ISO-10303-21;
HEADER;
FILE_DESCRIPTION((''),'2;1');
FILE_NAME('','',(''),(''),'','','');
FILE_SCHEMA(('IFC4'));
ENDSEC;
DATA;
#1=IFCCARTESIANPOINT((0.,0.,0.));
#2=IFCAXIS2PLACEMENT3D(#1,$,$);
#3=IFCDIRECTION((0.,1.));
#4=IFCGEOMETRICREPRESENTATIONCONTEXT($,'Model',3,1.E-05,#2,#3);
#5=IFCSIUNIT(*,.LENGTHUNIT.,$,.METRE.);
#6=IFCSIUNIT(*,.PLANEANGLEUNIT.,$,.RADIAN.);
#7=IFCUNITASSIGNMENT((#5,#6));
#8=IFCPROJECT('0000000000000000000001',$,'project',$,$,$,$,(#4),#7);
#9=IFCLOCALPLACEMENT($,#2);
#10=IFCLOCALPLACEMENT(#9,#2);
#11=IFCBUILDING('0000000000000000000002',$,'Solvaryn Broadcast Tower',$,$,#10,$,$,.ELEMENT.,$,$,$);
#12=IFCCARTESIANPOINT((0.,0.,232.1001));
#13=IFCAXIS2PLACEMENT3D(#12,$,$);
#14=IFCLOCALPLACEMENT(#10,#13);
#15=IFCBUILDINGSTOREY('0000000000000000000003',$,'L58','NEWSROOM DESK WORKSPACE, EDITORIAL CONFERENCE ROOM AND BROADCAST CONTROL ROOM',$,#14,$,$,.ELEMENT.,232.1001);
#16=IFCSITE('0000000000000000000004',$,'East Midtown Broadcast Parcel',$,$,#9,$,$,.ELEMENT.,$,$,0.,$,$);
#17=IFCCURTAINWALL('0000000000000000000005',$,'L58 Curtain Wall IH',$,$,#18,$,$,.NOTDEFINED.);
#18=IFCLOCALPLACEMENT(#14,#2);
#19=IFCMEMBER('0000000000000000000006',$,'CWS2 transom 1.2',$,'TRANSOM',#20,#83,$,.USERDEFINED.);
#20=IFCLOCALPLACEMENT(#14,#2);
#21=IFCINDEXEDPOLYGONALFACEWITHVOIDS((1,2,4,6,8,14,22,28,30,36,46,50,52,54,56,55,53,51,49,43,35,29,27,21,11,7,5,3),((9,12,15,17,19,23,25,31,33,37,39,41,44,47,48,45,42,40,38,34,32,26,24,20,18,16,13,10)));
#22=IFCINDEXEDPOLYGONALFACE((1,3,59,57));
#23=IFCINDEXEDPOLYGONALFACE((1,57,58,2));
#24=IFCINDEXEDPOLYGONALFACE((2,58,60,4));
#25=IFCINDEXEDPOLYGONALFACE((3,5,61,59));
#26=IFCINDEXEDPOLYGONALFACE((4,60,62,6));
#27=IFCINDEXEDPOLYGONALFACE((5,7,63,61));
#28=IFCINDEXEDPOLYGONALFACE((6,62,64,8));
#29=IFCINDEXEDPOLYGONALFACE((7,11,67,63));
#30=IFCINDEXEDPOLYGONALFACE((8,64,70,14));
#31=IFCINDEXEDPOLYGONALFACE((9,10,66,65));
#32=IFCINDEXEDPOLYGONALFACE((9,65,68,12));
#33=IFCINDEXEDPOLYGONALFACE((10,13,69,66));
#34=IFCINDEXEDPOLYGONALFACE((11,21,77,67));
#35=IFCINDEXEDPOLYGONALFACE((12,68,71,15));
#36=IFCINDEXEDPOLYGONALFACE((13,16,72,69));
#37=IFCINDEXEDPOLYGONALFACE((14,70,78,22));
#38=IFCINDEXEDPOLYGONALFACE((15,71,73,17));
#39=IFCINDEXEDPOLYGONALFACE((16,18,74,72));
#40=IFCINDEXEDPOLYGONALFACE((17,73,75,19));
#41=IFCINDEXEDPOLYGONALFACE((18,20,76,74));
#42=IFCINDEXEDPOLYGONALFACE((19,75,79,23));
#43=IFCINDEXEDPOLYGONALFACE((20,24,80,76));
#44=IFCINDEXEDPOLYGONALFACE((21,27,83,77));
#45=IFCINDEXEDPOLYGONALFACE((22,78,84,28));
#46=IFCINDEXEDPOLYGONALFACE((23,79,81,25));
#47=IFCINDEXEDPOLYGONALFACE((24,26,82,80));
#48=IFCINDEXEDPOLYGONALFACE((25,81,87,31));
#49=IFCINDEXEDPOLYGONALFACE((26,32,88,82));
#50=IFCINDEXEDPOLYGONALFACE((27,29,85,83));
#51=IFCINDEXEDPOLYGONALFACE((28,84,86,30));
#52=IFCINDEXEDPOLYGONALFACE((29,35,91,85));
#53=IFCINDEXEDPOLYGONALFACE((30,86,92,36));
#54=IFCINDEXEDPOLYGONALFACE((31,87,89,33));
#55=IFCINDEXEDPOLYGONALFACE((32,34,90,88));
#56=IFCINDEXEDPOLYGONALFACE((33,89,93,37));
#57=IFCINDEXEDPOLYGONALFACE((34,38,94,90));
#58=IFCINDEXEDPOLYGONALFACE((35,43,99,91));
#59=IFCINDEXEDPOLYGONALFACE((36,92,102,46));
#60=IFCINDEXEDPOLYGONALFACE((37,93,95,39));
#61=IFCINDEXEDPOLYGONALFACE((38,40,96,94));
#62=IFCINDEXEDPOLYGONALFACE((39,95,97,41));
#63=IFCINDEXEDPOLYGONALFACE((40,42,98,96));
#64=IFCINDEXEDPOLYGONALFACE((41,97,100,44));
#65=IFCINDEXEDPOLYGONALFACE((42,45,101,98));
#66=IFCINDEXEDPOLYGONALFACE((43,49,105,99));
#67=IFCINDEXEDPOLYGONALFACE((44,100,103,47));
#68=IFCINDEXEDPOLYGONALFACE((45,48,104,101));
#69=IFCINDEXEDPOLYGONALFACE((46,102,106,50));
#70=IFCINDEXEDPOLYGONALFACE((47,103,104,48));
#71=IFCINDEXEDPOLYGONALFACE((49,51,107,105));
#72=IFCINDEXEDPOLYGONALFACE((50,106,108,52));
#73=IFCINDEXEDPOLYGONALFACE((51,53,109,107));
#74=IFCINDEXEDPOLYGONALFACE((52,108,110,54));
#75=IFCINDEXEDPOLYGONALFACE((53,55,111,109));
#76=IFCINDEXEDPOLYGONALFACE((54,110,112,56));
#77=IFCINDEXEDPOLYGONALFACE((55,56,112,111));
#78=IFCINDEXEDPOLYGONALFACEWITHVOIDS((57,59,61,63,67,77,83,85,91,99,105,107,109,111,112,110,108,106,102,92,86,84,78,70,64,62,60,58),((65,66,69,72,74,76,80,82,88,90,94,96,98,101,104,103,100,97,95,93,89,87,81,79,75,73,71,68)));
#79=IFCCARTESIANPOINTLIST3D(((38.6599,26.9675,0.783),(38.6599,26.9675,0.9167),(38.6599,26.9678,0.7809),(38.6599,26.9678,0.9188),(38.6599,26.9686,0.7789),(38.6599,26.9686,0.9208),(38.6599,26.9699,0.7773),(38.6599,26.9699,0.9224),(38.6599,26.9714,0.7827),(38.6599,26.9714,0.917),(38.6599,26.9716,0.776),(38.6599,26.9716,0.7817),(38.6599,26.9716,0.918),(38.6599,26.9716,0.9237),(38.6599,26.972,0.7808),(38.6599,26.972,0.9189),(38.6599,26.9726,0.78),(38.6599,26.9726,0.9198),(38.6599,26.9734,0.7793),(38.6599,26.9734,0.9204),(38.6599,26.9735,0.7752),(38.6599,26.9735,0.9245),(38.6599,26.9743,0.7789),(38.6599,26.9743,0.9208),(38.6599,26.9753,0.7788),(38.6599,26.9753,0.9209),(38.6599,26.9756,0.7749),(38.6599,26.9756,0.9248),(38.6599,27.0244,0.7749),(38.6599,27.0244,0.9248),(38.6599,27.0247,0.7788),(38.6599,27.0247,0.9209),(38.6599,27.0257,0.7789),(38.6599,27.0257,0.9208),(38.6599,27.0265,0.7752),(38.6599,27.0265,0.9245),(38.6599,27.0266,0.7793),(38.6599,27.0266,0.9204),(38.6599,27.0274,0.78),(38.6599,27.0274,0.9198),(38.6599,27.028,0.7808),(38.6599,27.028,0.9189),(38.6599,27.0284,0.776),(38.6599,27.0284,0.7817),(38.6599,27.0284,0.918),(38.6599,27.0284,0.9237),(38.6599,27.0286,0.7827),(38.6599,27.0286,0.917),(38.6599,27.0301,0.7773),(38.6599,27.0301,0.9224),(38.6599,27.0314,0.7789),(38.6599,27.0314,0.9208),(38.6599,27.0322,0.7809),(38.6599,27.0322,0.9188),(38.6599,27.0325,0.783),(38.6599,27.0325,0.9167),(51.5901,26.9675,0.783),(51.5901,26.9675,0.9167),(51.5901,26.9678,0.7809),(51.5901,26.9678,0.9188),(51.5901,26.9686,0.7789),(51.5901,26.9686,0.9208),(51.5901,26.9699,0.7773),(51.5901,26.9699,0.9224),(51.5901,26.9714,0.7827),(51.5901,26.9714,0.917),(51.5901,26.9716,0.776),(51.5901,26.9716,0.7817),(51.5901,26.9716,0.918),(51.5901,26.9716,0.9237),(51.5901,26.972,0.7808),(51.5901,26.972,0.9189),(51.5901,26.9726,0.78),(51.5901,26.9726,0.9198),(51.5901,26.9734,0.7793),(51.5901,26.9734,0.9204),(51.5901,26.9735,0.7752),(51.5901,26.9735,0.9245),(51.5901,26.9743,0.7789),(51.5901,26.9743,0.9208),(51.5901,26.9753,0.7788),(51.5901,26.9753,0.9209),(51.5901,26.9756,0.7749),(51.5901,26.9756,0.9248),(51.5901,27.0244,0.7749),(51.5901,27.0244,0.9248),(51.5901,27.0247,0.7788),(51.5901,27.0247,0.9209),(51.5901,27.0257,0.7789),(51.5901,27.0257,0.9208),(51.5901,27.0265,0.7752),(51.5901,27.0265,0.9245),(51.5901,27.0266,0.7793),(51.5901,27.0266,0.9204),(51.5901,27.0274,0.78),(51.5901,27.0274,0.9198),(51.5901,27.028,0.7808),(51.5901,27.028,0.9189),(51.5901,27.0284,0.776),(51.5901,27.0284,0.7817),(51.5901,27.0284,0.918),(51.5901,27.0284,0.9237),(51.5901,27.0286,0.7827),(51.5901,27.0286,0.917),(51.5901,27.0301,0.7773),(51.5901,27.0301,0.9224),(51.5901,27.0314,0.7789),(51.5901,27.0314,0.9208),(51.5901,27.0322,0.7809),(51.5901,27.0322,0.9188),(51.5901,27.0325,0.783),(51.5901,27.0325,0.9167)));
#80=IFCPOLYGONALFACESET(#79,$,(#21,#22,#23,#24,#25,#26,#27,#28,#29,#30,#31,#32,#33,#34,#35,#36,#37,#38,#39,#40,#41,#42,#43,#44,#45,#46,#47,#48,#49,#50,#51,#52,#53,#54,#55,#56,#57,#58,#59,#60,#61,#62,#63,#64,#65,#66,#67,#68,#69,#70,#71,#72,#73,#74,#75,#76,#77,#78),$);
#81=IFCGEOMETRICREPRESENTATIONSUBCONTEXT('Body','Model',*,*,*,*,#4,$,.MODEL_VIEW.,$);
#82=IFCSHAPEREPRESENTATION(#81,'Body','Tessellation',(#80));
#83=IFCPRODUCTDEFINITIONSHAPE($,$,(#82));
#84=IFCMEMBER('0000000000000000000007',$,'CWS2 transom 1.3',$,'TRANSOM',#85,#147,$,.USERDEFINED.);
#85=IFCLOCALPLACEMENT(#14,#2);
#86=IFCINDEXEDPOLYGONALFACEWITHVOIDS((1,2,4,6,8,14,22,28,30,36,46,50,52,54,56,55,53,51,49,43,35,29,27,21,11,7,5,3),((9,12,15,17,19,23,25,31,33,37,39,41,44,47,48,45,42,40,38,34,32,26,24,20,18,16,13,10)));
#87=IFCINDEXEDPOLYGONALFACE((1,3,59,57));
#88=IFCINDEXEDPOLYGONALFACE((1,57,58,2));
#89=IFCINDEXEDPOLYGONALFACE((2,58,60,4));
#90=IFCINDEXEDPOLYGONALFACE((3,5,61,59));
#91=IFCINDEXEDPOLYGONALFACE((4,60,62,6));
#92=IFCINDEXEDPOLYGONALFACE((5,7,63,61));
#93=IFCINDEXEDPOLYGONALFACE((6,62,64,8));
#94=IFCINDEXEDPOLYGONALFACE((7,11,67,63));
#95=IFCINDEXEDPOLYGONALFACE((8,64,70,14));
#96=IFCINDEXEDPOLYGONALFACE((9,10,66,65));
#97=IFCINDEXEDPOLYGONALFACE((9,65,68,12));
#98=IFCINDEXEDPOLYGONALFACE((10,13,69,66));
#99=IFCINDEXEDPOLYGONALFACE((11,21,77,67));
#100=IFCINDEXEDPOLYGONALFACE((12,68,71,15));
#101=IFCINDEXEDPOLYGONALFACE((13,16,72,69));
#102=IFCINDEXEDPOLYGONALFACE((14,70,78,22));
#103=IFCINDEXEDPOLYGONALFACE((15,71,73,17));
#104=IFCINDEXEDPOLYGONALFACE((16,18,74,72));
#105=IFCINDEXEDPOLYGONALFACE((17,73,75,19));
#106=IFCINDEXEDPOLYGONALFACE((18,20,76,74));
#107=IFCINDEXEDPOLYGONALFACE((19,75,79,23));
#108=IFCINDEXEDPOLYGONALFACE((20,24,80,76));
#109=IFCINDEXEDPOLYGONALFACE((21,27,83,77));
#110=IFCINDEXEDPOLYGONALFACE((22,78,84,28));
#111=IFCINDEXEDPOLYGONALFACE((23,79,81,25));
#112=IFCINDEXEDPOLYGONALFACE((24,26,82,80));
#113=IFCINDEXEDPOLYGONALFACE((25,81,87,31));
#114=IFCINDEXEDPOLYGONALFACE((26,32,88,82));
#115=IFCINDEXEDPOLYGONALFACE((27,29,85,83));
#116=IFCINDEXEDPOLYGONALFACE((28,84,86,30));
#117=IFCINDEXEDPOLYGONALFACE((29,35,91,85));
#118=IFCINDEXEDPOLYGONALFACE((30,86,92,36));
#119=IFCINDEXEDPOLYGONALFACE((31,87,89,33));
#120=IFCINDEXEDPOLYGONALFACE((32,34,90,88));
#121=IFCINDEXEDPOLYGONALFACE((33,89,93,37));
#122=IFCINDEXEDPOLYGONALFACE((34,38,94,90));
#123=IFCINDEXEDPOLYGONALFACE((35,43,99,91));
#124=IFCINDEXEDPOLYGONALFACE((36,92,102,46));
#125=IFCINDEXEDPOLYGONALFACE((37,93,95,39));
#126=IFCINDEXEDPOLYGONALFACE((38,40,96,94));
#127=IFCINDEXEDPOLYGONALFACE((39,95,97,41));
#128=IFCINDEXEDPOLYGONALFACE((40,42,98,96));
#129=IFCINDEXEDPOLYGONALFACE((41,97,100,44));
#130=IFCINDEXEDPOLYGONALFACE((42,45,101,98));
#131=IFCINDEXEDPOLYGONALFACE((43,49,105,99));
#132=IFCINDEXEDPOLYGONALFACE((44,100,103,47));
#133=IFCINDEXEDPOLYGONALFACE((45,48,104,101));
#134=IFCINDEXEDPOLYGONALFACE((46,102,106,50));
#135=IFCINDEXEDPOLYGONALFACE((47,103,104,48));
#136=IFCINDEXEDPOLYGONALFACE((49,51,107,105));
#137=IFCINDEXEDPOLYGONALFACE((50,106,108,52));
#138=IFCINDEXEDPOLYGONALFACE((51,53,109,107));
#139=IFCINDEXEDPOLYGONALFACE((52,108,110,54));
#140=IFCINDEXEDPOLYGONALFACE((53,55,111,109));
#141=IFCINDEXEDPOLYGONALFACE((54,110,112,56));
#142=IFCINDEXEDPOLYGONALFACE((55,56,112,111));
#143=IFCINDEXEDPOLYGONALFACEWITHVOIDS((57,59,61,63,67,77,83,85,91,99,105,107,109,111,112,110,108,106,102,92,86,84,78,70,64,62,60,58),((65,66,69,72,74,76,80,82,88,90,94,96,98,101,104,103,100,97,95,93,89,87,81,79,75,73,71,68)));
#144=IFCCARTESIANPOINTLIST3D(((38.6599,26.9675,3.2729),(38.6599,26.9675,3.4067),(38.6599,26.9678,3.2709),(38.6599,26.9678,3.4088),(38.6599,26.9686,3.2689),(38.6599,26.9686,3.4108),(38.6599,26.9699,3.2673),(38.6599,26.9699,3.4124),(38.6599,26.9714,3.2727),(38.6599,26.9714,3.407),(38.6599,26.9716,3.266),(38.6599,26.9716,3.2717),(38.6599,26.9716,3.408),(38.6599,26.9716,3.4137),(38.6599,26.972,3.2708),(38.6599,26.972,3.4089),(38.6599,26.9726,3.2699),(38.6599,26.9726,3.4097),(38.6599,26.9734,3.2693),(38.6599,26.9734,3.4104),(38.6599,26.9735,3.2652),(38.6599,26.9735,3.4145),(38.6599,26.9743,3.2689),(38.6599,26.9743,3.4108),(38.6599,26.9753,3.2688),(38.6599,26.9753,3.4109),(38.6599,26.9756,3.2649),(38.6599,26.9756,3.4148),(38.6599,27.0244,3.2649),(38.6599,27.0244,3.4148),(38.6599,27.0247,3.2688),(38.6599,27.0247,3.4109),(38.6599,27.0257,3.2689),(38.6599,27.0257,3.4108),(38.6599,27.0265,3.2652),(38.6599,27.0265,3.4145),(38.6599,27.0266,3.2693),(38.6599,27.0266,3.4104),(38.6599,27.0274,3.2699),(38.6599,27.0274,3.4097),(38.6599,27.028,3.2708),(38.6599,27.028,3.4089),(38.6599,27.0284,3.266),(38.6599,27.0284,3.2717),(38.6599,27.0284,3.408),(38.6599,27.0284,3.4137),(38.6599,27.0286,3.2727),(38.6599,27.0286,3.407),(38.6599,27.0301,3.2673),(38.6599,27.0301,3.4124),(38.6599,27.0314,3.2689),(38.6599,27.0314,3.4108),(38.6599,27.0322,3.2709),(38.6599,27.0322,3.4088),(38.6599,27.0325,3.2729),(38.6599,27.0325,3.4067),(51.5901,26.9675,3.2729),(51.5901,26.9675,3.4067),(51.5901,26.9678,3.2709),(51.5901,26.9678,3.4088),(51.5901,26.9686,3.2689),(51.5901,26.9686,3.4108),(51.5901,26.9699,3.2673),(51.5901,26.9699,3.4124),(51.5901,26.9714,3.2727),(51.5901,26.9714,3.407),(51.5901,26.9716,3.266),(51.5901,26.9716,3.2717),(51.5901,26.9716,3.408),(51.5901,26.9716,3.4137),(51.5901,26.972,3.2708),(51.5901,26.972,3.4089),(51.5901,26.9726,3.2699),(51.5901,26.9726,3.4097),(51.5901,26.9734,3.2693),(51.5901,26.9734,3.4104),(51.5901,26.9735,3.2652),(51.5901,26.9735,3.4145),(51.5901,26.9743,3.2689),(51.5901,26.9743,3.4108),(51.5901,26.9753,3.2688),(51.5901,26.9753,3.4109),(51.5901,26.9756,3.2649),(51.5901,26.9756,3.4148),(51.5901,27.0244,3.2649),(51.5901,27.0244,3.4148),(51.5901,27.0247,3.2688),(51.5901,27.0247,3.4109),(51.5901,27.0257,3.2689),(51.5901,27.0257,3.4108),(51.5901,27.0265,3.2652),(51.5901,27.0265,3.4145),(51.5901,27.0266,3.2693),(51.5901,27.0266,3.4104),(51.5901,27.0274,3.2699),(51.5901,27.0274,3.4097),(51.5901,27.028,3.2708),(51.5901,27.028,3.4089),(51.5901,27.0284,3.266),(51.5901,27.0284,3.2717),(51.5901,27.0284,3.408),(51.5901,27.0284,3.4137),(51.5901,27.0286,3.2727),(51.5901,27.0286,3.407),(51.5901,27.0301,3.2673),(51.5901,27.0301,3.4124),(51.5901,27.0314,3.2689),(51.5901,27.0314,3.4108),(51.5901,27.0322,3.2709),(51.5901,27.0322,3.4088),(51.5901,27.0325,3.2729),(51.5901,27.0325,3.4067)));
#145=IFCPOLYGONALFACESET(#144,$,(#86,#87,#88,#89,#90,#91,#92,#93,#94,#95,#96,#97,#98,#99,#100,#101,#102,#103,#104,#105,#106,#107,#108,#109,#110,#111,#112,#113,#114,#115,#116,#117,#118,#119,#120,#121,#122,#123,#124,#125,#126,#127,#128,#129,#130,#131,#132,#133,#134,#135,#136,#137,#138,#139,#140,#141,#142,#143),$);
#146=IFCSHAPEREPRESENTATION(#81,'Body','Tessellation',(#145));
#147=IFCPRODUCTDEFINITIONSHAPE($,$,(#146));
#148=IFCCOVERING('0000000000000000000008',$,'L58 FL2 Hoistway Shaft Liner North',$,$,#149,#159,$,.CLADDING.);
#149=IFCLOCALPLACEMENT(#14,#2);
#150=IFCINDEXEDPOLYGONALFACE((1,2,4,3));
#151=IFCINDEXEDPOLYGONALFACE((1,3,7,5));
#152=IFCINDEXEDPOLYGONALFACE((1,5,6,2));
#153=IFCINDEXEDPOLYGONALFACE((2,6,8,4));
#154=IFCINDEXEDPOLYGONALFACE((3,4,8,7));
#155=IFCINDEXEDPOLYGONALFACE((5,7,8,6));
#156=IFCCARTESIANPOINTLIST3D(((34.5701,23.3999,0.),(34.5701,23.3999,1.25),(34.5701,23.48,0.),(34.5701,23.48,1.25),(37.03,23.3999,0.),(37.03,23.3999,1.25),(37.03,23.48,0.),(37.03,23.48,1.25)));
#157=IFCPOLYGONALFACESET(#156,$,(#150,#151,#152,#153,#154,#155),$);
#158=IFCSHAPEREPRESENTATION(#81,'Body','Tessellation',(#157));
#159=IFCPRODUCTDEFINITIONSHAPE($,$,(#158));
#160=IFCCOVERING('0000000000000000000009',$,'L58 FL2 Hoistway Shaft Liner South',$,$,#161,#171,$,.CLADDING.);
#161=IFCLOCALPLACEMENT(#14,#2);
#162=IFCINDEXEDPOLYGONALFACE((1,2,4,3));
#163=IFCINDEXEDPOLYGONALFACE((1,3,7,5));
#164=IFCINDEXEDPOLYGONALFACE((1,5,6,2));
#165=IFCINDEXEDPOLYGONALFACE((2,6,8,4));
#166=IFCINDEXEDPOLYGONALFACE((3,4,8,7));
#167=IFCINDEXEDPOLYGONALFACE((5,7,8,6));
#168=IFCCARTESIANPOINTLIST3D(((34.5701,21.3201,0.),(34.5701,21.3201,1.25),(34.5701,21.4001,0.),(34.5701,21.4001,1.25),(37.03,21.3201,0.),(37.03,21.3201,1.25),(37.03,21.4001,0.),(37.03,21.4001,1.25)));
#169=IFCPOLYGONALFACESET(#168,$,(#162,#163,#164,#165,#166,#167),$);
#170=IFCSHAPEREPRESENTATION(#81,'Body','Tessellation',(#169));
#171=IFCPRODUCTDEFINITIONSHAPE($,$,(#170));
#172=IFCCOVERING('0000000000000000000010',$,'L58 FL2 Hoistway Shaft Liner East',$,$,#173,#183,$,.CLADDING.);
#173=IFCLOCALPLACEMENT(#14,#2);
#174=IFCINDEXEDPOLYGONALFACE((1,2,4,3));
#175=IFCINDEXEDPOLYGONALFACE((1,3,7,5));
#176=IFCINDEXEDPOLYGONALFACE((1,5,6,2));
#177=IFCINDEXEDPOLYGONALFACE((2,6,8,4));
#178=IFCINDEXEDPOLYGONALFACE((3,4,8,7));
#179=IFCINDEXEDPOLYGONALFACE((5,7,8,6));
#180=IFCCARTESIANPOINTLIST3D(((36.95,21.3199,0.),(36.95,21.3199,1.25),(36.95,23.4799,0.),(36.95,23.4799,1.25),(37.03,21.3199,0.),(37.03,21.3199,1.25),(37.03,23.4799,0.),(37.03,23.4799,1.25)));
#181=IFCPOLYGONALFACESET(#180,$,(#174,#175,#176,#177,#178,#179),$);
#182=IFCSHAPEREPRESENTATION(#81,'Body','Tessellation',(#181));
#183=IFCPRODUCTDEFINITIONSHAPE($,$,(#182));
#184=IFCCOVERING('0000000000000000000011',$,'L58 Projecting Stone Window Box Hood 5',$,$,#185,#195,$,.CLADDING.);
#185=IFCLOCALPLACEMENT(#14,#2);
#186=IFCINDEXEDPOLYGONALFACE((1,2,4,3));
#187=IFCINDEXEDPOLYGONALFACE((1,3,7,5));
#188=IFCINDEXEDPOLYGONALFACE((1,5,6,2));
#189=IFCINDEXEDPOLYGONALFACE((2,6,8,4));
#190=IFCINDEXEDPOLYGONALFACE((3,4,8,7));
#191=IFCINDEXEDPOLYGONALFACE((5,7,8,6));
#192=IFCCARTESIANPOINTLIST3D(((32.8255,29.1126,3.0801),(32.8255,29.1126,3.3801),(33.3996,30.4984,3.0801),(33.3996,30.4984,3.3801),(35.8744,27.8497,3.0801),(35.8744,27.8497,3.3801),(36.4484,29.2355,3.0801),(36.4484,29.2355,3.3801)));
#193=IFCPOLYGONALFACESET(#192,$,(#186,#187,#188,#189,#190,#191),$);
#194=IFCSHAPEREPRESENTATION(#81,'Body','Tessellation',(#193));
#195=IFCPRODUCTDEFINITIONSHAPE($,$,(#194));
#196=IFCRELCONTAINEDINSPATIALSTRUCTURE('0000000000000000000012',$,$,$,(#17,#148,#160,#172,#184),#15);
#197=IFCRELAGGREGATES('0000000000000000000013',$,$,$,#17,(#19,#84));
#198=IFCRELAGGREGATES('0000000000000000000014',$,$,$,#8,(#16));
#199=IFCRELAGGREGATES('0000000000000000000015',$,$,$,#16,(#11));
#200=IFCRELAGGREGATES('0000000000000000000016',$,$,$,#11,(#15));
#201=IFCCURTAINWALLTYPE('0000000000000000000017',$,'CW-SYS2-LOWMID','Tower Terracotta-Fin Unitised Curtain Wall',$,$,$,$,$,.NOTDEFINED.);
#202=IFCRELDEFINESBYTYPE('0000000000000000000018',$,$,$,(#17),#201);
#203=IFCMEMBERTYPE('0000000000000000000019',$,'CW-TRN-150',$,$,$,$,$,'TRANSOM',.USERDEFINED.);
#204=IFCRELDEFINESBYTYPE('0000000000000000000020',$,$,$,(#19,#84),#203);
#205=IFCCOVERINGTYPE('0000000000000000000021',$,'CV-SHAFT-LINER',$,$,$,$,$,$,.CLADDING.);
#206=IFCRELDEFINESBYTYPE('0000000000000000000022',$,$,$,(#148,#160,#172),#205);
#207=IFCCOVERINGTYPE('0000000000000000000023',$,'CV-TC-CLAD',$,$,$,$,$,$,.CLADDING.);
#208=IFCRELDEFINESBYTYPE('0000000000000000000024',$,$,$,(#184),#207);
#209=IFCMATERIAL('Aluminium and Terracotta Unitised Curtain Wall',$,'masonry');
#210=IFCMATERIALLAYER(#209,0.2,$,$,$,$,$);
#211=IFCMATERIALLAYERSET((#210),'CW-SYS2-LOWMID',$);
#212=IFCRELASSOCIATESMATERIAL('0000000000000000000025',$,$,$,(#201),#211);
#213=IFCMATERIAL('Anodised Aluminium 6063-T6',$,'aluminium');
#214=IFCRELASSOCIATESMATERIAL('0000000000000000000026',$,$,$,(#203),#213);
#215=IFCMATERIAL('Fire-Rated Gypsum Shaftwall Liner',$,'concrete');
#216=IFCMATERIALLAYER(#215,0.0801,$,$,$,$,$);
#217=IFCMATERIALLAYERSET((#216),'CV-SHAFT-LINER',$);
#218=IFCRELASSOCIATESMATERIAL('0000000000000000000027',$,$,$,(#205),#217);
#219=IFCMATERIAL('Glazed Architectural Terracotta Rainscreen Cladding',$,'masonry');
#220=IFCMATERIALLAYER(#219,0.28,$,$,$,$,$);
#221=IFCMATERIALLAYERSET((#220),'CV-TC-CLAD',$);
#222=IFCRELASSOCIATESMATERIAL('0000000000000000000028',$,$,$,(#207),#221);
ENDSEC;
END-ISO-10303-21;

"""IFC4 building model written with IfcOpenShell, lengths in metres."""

from ifc_helpers import new_model, si_unit, direction, frame, origin, origin_2d, place, context, subcontext, project, spatial, rectangle, hollow_rectangle, extrude, material, layer, layer_set, material_profile, profile_set, type_object, element, aggregate, save


model = new_model("IFC4")

# Units and contexts
model_context = context("Model", 3, precision=1e-05, world=origin(), true_north=direction((0.0, 1.0)))
body_context = subcontext(model_context, "Body", "Model", "MODEL_VIEW")
ifc_project = project(units=[si_unit("LENGTHUNIT", "METRE"), si_unit("PLANEANGLEUNIT", "RADIAN")], contexts=[model_context])

# Site, building, storey
site_placement = place(None, origin())
site = spatial("IfcSite", under=ifc_project, at=site_placement, Name="East Midtown Broadcast Parcel", CompositionType="ELEMENT", RefElevation=0.0)
building_placement = place(site_placement, origin())
building = spatial("IfcBuilding", under=site, at=building_placement, Name="Solvaryn Broadcast Tower", CompositionType="ELEMENT")
storey_placement = place(building_placement, frame((0.0, 0.0, 232.1001)))
storey = spatial("IfcBuildingStorey", under=building, at=storey_placement, Name="L58", Description="NEWSROOM DESK WORKSPACE, EDITORIAL CONFERENCE ROOM AND BROADCAST CONTROL ROOM", CompositionType="ELEMENT", Elevation=232.1001)

# Curtain wall
ifc_material_1 = material(Name="Aluminium and Terracotta Unitised Curtain Wall", Category="masonry")
ifc_layer_1 = layer(ifc_material_1, 0.2)
ifc_layer_set_1 = layer_set([ifc_layer_1], Name="CW-SYS2-LOWMID")
curtain_wall_type = type_object("IfcCurtainWallType", Name="CW-SYS2-LOWMID", Description="Tower Terracotta-Fin Unitised Curtain Wall", PredefinedType="NOTDEFINED", material=ifc_layer_set_1)
curtain_wall_1_placement = place(storey_placement, origin())
curtain_wall_1 = element("IfcCurtainWall", 1, at=curtain_wall_1_placement, inside=storey, type_object=curtain_wall_type, Name="L58 Curtain Wall IH", PredefinedType="NOTDEFINED")

# Members
ifc_material_2 = material(Name="Anodised Aluminium 6063-T6", Category="aluminium")
ifc_material_profile_1 = material_profile(ifc_material_2, hollow_rectangle(XDim=0.0649, YDim=0.1499, WallThickness=0.0039, InnerFilletRadius=0.0039, OuterFilletRadius=0.0081, at=origin_2d()))
ifc_profile_set_1 = profile_set([ifc_material_profile_1], Name="Anodised Aluminium 6063-T6")
member_type_1 = type_object("IfcMemberType", Name="CW-TRN-150", ElementType="TRANSOM", PredefinedType="USERDEFINED", material=ifc_profile_set_1)
member_1_placement = place(storey_placement, frame((38.6599, 27.0, 0.8499), z_axis=(1.0, 0.0, 0.0), x_axis=(0.0, 1.0, 0.0)))
member_1 = element("IfcMember", 2, at=member_1_placement, type_object=member_type_1, Name="CWS2 transom 1.2", ObjectType="TRANSOM", PredefinedType="USERDEFINED", context=body_context, shape_type="SweptSolid", body=[
    extrude(hollow_rectangle(XDim=0.0649, YDim=0.1499, WallThickness=0.0039, InnerFilletRadius=0.0039, OuterFilletRadius=0.0081, at=origin_2d()), origin(), (0.0, 0.0, 1.0), 12.9302),
])
member_2_placement = place(storey_placement, frame((38.6599, 27.0, 3.3398), z_axis=(1.0, 0.0, 0.0), x_axis=(0.0, 1.0, 0.0)))
member_2 = element("IfcMember", 3, at=member_2_placement, type_object=member_type_1, Name="CWS2 transom 1.3", ObjectType="TRANSOM", PredefinedType="USERDEFINED", context=body_context, shape_type="SweptSolid", body=[
    extrude(hollow_rectangle(XDim=0.0649, YDim=0.1499, WallThickness=0.0039, InnerFilletRadius=0.0039, OuterFilletRadius=0.0081, at=origin_2d()), origin(), (0.0, 0.0, 1.0), 12.9302),
])
aggregate(curtain_wall_1, [member_1, member_2])

# Coverings
ifc_material_3 = material(Name="Fire-Rated Gypsum Shaftwall Liner", Category="concrete")
ifc_layer_2 = layer(ifc_material_3, 0.0801)
ifc_layer_set_2 = layer_set([ifc_layer_2], Name="CV-SHAFT-LINER")
covering_type_1 = type_object("IfcCoveringType", Name="CV-SHAFT-LINER", PredefinedType="CLADDING", material=ifc_layer_set_2)
for number, where, z_axis, x_axis, name in (
    (4, (35.8, 23.4399, 0.0), (0.0, 0.0, 1.0), (1.0, 0.0, 0.0), "L58 FL2 Hoistway Shaft Liner North"),
    (5, (35.8, 21.3601, 0.0), (0.0, 0.0, 1.0), (1.0, 0.0, 0.0), "L58 FL2 Hoistway Shaft Liner South"),
):
    element("IfcCovering", number, at=place(storey_placement, frame(where, z_axis=z_axis, x_axis=x_axis)), inside=storey, type_object=covering_type_1, Name=name, PredefinedType="CLADDING", context=body_context, shape_type="SweptSolid", body=[
        extrude(rectangle(XDim=2.46, YDim=0.0801, at=origin_2d()), origin(), (0.0, 0.0, 1.0), 1.25),
    ])
covering_placement = place(storey_placement, frame((36.99, 22.3999, 0.0), z_axis=(0.0, 0.0, 1.0), x_axis=(1.0, 0.0, 0.0)))
element("IfcCovering", 6, at=covering_placement, inside=storey, type_object=covering_type_1, Name="L58 FL2 Hoistway Shaft Liner East", PredefinedType="CLADDING", context=body_context, shape_type="SweptSolid", body=[
    extrude(rectangle(XDim=0.0801, YDim=2.1599, at=origin_2d()), origin(), (0.0, 0.0, 1.0), 1.25),
])
ifc_material_4 = material(Name="Glazed Architectural Terracotta Rainscreen Cladding", Category="masonry")
ifc_layer_3 = layer(ifc_material_4, 0.28)
ifc_layer_set_3 = layer_set([ifc_layer_3], Name="CV-TC-CLAD")
covering_type_2 = type_object("IfcCoveringType", Name="CV-TC-CLAD", PredefinedType="CLADDING", material=ifc_layer_set_3)
for number, where, z_axis, x_axis, name in (
    (7, (34.637, 29.1741, 3.0801), (0.0, 0.0, 1.0), (-0.92388, 0.382683, 0.0), "L58 Projecting Stone Window Box Hood 5"),
):
    element("IfcCovering", number, at=place(storey_placement, frame(where, z_axis=z_axis, x_axis=x_axis)), inside=storey, type_object=covering_type_2, Name=name, PredefinedType="CLADDING", context=body_context, shape_type="SweptSolid", body=[
        extrude(rectangle(XDim=3.3, YDim=1.5, at=origin_2d()), origin(), (0.0, 0.0, 1.0), 0.3),
    ])

save(model, "model.ifc")
